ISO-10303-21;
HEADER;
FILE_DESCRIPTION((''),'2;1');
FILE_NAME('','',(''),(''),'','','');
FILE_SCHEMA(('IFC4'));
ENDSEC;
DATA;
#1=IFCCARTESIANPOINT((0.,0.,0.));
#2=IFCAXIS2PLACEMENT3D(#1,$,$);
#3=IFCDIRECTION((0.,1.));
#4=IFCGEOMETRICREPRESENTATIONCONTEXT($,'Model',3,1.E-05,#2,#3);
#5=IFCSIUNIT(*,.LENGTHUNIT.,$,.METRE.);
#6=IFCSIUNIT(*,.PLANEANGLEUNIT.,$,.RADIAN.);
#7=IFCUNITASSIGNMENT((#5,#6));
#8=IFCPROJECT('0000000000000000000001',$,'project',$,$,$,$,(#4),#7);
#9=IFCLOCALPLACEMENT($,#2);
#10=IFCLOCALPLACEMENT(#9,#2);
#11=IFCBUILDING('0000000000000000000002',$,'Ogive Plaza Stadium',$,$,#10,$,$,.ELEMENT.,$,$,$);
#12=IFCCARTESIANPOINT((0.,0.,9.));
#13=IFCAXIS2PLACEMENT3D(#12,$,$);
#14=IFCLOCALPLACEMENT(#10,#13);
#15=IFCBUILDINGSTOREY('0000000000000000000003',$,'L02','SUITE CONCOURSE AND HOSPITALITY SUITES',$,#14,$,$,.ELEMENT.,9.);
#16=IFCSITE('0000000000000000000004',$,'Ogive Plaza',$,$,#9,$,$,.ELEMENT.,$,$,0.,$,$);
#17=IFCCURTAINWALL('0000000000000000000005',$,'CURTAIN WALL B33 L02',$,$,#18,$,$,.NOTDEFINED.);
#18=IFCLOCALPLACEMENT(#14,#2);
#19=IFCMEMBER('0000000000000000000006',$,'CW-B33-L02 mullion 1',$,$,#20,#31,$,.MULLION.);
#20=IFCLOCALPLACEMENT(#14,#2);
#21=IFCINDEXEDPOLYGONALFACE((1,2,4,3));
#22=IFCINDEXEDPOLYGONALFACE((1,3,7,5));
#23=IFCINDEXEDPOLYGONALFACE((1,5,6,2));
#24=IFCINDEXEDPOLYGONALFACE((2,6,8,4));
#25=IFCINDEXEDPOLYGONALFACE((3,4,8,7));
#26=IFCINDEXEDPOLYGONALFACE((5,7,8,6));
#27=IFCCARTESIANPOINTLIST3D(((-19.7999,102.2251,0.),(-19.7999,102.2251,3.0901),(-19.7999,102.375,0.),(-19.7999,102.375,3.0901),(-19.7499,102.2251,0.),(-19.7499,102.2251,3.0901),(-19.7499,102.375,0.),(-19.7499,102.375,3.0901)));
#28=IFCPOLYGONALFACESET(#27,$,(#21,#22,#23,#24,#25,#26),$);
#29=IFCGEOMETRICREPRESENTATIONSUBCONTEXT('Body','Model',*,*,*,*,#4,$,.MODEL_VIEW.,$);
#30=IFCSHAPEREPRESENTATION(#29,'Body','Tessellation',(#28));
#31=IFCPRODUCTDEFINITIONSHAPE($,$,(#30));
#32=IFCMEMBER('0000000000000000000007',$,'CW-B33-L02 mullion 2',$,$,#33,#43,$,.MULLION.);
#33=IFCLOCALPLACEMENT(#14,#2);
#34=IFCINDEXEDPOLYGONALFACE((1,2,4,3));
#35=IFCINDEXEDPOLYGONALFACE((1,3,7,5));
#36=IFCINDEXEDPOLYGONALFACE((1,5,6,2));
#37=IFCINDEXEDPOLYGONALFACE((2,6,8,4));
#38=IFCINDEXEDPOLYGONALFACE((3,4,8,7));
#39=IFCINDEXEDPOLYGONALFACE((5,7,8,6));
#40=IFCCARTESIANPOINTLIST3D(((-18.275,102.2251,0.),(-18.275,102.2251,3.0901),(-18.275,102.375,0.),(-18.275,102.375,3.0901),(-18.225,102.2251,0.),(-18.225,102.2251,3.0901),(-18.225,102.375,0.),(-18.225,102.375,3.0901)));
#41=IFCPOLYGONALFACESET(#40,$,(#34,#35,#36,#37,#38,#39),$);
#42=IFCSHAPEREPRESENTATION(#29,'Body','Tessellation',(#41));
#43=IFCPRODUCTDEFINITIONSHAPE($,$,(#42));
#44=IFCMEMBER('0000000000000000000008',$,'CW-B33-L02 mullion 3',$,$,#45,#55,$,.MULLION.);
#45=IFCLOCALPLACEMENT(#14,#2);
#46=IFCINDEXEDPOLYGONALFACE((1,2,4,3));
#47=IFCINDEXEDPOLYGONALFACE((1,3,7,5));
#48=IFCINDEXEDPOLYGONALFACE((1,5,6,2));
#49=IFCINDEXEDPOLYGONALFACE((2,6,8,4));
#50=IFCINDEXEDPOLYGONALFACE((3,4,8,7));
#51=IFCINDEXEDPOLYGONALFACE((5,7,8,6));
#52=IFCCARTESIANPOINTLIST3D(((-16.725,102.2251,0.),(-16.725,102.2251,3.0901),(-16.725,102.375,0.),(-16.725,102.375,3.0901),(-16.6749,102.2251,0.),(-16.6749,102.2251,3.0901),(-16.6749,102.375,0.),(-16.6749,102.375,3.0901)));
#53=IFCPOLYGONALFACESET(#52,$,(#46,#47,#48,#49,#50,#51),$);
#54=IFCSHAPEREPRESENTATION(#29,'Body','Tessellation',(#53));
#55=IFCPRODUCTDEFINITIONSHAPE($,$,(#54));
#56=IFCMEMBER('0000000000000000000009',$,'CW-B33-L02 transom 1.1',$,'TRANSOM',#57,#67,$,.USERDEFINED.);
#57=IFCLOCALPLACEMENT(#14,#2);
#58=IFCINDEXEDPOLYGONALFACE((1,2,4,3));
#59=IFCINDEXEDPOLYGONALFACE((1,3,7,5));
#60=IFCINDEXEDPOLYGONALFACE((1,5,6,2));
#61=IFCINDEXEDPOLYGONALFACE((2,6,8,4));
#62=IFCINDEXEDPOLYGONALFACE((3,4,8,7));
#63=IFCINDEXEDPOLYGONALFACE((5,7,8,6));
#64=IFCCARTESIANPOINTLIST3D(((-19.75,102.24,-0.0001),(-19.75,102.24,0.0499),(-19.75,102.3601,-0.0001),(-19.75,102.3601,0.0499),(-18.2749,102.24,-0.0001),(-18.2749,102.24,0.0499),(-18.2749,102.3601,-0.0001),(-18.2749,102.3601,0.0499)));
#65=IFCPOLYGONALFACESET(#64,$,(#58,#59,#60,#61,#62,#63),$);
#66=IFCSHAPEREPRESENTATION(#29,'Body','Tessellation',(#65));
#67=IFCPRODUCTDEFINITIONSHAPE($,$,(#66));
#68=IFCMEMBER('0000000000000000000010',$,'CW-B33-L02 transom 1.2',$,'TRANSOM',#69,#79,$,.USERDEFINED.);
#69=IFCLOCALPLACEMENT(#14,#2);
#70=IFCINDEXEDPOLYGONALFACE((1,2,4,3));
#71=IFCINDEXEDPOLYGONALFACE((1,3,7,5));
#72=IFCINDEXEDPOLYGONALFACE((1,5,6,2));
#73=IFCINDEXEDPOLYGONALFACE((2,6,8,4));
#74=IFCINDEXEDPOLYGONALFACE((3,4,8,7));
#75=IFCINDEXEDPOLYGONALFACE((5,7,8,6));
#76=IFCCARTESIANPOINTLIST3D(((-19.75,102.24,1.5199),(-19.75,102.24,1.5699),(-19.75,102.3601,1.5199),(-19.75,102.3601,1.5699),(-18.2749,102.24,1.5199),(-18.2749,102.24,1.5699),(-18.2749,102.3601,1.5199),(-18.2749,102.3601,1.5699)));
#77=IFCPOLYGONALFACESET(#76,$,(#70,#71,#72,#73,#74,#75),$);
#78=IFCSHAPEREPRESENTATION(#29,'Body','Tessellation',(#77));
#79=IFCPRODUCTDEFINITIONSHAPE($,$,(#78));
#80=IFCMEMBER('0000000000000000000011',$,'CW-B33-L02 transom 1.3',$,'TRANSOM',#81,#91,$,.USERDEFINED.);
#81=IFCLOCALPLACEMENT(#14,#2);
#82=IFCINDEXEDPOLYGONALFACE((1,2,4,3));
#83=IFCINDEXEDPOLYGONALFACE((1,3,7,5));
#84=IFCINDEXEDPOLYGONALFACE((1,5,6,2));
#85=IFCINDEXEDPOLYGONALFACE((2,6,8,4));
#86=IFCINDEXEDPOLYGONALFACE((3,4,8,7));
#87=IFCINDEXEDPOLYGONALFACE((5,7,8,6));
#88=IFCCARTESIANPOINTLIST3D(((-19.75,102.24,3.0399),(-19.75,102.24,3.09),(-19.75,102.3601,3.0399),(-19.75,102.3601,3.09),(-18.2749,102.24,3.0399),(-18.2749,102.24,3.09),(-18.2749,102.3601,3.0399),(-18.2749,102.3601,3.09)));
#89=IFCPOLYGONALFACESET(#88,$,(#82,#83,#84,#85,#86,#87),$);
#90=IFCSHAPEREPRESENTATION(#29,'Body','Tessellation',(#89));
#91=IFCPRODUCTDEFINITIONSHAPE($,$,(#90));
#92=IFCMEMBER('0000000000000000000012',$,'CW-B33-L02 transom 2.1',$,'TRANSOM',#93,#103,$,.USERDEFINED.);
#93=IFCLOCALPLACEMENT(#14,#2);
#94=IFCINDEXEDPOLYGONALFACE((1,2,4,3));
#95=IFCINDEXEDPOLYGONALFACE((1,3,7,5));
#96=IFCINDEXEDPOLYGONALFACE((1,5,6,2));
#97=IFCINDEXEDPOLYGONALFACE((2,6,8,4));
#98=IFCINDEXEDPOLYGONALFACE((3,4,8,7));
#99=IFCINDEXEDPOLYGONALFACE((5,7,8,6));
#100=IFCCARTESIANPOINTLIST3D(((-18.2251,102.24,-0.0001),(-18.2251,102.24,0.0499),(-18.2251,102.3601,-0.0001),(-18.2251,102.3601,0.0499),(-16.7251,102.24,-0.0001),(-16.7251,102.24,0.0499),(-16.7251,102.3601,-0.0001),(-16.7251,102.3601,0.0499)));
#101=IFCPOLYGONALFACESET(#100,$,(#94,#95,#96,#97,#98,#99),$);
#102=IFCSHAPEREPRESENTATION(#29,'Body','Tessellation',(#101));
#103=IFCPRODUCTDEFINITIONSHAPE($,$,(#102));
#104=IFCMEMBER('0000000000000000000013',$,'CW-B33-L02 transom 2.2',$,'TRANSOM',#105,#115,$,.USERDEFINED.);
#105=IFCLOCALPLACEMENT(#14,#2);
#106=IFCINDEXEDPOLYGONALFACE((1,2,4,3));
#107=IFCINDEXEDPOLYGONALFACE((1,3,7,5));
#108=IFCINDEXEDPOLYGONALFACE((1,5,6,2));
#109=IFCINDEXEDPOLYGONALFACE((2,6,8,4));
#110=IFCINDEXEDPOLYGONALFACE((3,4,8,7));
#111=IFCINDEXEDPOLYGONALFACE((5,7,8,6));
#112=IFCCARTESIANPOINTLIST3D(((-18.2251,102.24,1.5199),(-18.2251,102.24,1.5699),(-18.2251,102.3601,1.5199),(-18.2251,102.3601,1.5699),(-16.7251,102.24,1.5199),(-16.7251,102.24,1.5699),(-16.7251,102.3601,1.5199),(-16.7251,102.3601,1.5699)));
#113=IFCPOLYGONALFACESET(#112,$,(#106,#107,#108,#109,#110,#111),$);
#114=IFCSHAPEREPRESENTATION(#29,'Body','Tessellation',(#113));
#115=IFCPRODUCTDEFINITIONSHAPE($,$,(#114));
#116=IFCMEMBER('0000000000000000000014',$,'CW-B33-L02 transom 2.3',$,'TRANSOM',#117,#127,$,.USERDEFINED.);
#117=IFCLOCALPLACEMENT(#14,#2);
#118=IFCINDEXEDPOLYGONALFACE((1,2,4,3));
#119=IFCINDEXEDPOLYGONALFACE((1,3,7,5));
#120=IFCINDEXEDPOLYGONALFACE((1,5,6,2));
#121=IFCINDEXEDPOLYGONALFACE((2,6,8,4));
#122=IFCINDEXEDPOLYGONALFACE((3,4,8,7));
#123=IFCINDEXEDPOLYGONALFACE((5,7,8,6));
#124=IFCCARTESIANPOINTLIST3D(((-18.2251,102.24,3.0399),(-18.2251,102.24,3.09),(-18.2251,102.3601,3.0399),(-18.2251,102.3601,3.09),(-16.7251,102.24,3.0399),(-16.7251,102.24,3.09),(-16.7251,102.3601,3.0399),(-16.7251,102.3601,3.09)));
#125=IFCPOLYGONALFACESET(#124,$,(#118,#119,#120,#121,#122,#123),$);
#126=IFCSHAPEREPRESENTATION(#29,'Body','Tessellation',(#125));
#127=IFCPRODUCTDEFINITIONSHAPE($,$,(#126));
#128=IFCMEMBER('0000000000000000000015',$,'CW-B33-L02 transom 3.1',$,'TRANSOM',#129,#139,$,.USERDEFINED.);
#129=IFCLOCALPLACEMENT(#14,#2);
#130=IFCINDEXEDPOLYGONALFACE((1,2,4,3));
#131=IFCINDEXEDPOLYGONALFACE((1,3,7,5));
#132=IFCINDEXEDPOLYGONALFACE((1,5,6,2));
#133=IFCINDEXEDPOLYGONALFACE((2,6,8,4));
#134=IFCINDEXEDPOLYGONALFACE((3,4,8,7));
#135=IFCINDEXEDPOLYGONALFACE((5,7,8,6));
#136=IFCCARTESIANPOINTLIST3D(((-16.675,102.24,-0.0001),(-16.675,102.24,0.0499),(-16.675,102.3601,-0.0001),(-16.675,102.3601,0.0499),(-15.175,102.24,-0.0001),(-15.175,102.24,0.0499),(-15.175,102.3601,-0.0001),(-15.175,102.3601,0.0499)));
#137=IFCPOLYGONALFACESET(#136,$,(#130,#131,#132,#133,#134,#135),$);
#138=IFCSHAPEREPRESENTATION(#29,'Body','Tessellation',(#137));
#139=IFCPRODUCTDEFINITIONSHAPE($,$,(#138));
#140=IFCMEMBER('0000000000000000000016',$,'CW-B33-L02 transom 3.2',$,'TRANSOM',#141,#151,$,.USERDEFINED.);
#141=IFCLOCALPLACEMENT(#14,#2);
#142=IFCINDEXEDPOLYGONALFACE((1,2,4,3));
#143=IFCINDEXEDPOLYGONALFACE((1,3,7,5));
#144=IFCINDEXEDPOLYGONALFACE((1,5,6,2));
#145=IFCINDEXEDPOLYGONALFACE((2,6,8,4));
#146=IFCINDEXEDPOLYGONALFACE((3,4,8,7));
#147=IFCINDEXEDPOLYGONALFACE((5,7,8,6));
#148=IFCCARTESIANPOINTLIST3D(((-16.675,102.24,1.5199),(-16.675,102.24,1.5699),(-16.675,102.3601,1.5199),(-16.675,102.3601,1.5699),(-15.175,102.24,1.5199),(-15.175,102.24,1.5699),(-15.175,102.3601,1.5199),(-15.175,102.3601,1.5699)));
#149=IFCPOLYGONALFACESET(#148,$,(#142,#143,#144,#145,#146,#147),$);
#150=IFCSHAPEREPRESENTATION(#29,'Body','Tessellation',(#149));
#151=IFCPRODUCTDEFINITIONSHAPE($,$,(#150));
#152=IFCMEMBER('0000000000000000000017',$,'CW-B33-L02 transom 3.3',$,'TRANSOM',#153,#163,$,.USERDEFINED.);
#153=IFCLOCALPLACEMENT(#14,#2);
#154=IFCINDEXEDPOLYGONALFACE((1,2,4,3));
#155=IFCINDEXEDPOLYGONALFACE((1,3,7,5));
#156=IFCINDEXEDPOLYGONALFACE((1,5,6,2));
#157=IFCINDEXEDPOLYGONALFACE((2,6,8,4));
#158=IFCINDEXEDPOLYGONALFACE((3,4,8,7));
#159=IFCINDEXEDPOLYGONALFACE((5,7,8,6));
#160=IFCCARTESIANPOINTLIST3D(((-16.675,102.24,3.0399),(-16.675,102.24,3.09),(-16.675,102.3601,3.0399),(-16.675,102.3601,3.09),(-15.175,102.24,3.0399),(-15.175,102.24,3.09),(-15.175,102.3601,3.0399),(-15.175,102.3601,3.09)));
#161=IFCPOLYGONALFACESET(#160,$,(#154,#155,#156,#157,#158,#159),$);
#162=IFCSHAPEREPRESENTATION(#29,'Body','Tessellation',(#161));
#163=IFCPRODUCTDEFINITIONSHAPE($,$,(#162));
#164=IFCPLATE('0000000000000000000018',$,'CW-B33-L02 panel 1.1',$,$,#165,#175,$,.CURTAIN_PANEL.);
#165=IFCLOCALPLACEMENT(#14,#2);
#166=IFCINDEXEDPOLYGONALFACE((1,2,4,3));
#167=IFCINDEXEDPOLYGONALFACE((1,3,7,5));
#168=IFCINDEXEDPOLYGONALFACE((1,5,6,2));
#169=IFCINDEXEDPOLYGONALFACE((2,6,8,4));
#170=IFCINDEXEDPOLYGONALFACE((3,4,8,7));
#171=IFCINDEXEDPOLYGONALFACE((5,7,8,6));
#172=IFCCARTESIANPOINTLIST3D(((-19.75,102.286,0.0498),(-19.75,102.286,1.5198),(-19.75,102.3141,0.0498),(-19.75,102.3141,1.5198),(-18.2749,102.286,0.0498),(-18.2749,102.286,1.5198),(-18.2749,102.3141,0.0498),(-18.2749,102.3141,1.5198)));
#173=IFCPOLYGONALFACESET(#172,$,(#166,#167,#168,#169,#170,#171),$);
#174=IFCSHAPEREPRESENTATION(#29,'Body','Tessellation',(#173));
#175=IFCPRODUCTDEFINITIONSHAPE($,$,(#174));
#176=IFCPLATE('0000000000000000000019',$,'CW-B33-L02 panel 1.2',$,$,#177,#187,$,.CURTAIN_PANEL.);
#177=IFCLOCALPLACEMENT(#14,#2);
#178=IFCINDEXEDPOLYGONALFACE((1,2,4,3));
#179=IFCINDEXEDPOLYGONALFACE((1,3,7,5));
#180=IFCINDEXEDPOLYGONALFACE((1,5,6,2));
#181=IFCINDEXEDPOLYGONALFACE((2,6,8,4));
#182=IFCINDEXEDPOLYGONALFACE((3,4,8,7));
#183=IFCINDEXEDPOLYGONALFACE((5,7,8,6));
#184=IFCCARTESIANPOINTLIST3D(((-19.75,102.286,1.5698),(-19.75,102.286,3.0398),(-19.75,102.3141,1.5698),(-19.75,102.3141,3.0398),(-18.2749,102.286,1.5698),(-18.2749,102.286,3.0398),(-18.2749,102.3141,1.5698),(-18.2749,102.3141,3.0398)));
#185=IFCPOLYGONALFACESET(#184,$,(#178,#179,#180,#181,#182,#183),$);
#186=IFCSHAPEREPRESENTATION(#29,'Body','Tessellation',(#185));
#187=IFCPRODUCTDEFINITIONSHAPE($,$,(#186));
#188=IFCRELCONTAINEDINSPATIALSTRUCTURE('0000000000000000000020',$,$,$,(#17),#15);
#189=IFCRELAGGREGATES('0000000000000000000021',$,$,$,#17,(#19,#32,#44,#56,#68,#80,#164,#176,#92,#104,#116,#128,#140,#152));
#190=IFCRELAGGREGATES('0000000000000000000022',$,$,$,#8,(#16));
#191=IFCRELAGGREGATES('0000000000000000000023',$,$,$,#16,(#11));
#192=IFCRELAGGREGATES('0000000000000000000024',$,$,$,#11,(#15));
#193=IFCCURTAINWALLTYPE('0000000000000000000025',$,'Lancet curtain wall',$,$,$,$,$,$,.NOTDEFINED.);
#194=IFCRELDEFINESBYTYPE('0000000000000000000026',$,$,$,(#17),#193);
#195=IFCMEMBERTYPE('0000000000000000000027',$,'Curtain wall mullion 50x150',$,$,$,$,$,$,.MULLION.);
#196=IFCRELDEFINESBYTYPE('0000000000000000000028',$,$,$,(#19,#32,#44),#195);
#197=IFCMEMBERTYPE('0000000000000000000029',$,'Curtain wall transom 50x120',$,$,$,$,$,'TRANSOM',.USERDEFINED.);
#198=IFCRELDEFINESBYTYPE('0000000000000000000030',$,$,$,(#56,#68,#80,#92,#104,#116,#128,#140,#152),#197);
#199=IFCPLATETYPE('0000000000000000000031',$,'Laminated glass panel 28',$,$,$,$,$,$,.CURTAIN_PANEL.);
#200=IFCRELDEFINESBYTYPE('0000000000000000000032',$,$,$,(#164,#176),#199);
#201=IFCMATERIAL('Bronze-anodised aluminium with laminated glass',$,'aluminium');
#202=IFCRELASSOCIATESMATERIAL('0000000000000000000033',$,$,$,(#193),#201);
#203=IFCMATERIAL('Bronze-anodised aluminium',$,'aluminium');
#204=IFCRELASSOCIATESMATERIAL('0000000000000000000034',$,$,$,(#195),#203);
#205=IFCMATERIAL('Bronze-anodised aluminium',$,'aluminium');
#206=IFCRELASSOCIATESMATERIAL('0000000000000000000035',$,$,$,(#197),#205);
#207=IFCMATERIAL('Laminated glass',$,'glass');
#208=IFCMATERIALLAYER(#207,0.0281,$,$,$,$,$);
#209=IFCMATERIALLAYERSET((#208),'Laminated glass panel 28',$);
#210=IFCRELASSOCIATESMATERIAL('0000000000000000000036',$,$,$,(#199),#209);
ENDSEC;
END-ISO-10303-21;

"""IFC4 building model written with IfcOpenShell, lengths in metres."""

from ifc_helpers import new_model, si_unit, direction, frame, origin, origin_2d, place, context, subcontext, project, spatial, rectangle, extrude, material, layer, layer_set, material_profile, profile_set, type_object, element, aggregate, save


model = new_model("IFC4")

# Units and contexts
model_context = context("Model", 3, precision=1e-05, world=origin(), true_north=direction((0.0, 1.0)))
body_context = subcontext(model_context, "Body", "Model", "MODEL_VIEW")
ifc_project = project(units=[si_unit("LENGTHUNIT", "METRE"), si_unit("PLANEANGLEUNIT", "RADIAN")], contexts=[model_context])

# Site, building, storey
site_placement = place(None, origin())
site = spatial("IfcSite", under=ifc_project, at=site_placement, Name="Ogive Plaza", CompositionType="ELEMENT", RefElevation=0.0)
building_placement = place(site_placement, origin())
building = spatial("IfcBuilding", under=site, at=building_placement, Name="Ogive Plaza Stadium", CompositionType="ELEMENT")
storey_placement = place(building_placement, frame((0.0, 0.0, 9.0)))
storey = spatial("IfcBuildingStorey", under=building, at=storey_placement, Name="L02", Description="SUITE CONCOURSE AND HOSPITALITY SUITES", CompositionType="ELEMENT", Elevation=9.0)

# Curtain wall, members, plates
ifc_material_1 = material(Name="Bronze-anodised aluminium with laminated glass", Category="aluminium")
curtain_wall_type = type_object("IfcCurtainWallType", Name="Lancet curtain wall", PredefinedType="NOTDEFINED", material=ifc_material_1)
curtain_wall_placement = place(storey_placement, origin())
curtain_wall = element("IfcCurtainWall", 1, at=curtain_wall_placement, inside=storey, type_object=curtain_wall_type, Name="CURTAIN WALL B33 L02", PredefinedType="NOTDEFINED")
ifc_material_2 = material(Name="Bronze-anodised aluminium", Category="aluminium")
ifc_material_profile_1 = material_profile(ifc_material_2, rectangle(XDim=0.1499, YDim=0.05, at=origin_2d()), Name="AL 150x50")
ifc_profile_set_1 = profile_set([ifc_material_profile_1], Name="Bronze-anodised aluminium")
member_type_1 = type_object("IfcMemberType", Name="Curtain wall mullion 50x150", PredefinedType="MULLION", material=ifc_profile_set_1)
member_1_placement = place(storey_placement, frame((-19.7749, 102.3, 0.0), z_axis=(0.0, 0.0, 1.0), x_axis=(0.0, 1.0, 0.0)))
member_1 = element("IfcMember", 2, at=member_1_placement, type_object=member_type_1, Name="CW-B33-L02 mullion 1", PredefinedType="MULLION", context=body_context, shape_type="SweptSolid", body=[
    extrude(rectangle(XDim=0.1499, YDim=0.05, at=origin_2d()), origin(), (0.0, 0.0, 1.0), 3.0901),
])
member_2_placement = place(storey_placement, frame((-18.25, 102.3, 0.0), z_axis=(0.0, 0.0, 1.0), x_axis=(0.0, 1.0, 0.0)))
member_2 = element("IfcMember", 3, at=member_2_placement, type_object=member_type_1, Name="CW-B33-L02 mullion 2", PredefinedType="MULLION", context=body_context, shape_type="SweptSolid", body=[
    extrude(rectangle(XDim=0.1499, YDim=0.05, at=origin_2d()), origin(), (0.0, 0.0, 1.0), 3.0901),
])
member_3_placement = place(storey_placement, frame((-16.7, 102.3, 0.0), z_axis=(0.0, 0.0, 1.0), x_axis=(0.0, 1.0, 0.0)))
member_3 = element("IfcMember", 4, at=member_3_placement, type_object=member_type_1, Name="CW-B33-L02 mullion 3", PredefinedType="MULLION", context=body_context, shape_type="SweptSolid", body=[
    extrude(rectangle(XDim=0.1499, YDim=0.05, at=origin_2d()), origin(), (0.0, 0.0, 1.0), 3.0901),
])
ifc_material_3 = material(Name="Bronze-anodised aluminium", Category="aluminium")
ifc_material_profile_2 = material_profile(ifc_material_3, rectangle(XDim=0.1201, YDim=0.05, at=origin_2d()), Name="AL 120x50")
ifc_profile_set_2 = profile_set([ifc_material_profile_2], Name="Bronze-anodised aluminium")
member_type_2 = type_object("IfcMemberType", Name="Curtain wall transom 50x120", ElementType="TRANSOM", PredefinedType="USERDEFINED", material=ifc_profile_set_2)
member_4_placement = place(storey_placement, frame((-19.75, 102.3, 0.0249), z_axis=(1.0, 0.0, 0.0), x_axis=(0.0, 1.0, 0.0)))
member_4 = element("IfcMember", 5, at=member_4_placement, type_object=member_type_2, Name="CW-B33-L02 transom 1.1", ObjectType="TRANSOM", PredefinedType="USERDEFINED", context=body_context, shape_type="SweptSolid", body=[
    extrude(rectangle(XDim=0.1201, YDim=0.05, at=origin_2d()), origin(), (0.0, 0.0, 1.0), 1.4751),
])
member_5_placement = place(storey_placement, frame((-19.75, 102.3, 1.5449), z_axis=(1.0, 0.0, 0.0), x_axis=(0.0, 1.0, 0.0)))
member_5 = element("IfcMember", 6, at=member_5_placement, type_object=member_type_2, Name="CW-B33-L02 transom 1.2", ObjectType="TRANSOM", PredefinedType="USERDEFINED", context=body_context, shape_type="SweptSolid", body=[
    extrude(rectangle(XDim=0.1201, YDim=0.05, at=origin_2d()), origin(), (0.0, 0.0, 1.0), 1.4751),
])
member_6_placement = place(storey_placement, frame((-19.75, 102.3, 3.0649), z_axis=(1.0, 0.0, 0.0), x_axis=(0.0, 1.0, 0.0)))
member_6 = element("IfcMember", 7, at=member_6_placement, type_object=member_type_2, Name="CW-B33-L02 transom 1.3", ObjectType="TRANSOM", PredefinedType="USERDEFINED", context=body_context, shape_type="SweptSolid", body=[
    extrude(rectangle(XDim=0.1201, YDim=0.05, at=origin_2d()), origin(), (0.0, 0.0, 1.0), 1.4751),
])
member_7_placement = place(storey_placement, frame((-18.2251, 102.3, 0.0249), z_axis=(1.0, 0.0, 0.0), x_axis=(0.0, 1.0, 0.0)))
member_7 = element("IfcMember", 8, at=member_7_placement, type_object=member_type_2, Name="CW-B33-L02 transom 2.1", ObjectType="TRANSOM", PredefinedType="USERDEFINED", context=body_context, shape_type="SweptSolid", body=[
    extrude(rectangle(XDim=0.1201, YDim=0.05, at=origin_2d()), origin(), (0.0, 0.0, 1.0), 1.5),
])
member_8_placement = place(storey_placement, frame((-18.2251, 102.3, 1.5449), z_axis=(1.0, 0.0, 0.0), x_axis=(0.0, 1.0, 0.0)))
member_8 = element("IfcMember", 9, at=member_8_placement, type_object=member_type_2, Name="CW-B33-L02 transom 2.2", ObjectType="TRANSOM", PredefinedType="USERDEFINED", context=body_context, shape_type="SweptSolid", body=[
    extrude(rectangle(XDim=0.1201, YDim=0.05, at=origin_2d()), origin(), (0.0, 0.0, 1.0), 1.5),
])
member_9_placement = place(storey_placement, frame((-18.2251, 102.3, 3.0649), z_axis=(1.0, 0.0, 0.0), x_axis=(0.0, 1.0, 0.0)))
member_9 = element("IfcMember", 10, at=member_9_placement, type_object=member_type_2, Name="CW-B33-L02 transom 2.3", ObjectType="TRANSOM", PredefinedType="USERDEFINED", context=body_context, shape_type="SweptSolid", body=[
    extrude(rectangle(XDim=0.1201, YDim=0.05, at=origin_2d()), origin(), (0.0, 0.0, 1.0), 1.5),
])
member_10_placement = place(storey_placement, frame((-16.675, 102.3, 0.0249), z_axis=(1.0, 0.0, 0.0), x_axis=(0.0, 1.0, 0.0)))
member_10 = element("IfcMember", 11, at=member_10_placement, type_object=member_type_2, Name="CW-B33-L02 transom 3.1", ObjectType="TRANSOM", PredefinedType="USERDEFINED", context=body_context, shape_type="SweptSolid", body=[
    extrude(rectangle(XDim=0.1201, YDim=0.05, at=origin_2d()), origin(), (0.0, 0.0, 1.0), 1.5),
])
member_11_placement = place(storey_placement, frame((-16.675, 102.3, 1.5449), z_axis=(1.0, 0.0, 0.0), x_axis=(0.0, 1.0, 0.0)))
member_11 = element("IfcMember", 12, at=member_11_placement, type_object=member_type_2, Name="CW-B33-L02 transom 3.2", ObjectType="TRANSOM", PredefinedType="USERDEFINED", context=body_context, shape_type="SweptSolid", body=[
    extrude(rectangle(XDim=0.1201, YDim=0.05, at=origin_2d()), origin(), (0.0, 0.0, 1.0), 1.5),
])
member_12_placement = place(storey_placement, frame((-16.675, 102.3, 3.0649), z_axis=(1.0, 0.0, 0.0), x_axis=(0.0, 1.0, 0.0)))
member_12 = element("IfcMember", 13, at=member_12_placement, type_object=member_type_2, Name="CW-B33-L02 transom 3.3", ObjectType="TRANSOM", PredefinedType="USERDEFINED", context=body_context, shape_type="SweptSolid", body=[
    extrude(rectangle(XDim=0.1201, YDim=0.05, at=origin_2d()), origin(), (0.0, 0.0, 1.0), 1.5),
])
ifc_material_4 = material(Name="Laminated glass", Category="glass")
ifc_layer_1 = layer(ifc_material_4, 0.0281)
ifc_layer_set_1 = layer_set([ifc_layer_1], Name="Laminated glass panel 28")
plate_type = type_object("IfcPlateType", Name="Laminated glass panel 28", PredefinedType="CURTAIN_PANEL", material=ifc_layer_set_1)
plate_1_placement = place(storey_placement, frame((-19.0125, 102.3, 0.0498), z_axis=(0.0, 0.0, 1.0), x_axis=(1.0, 0.0, 0.0)))
plate_1 = element("IfcPlate", 14, at=plate_1_placement, type_object=plate_type, Name="CW-B33-L02 panel 1.1", PredefinedType="CURTAIN_PANEL", context=body_context, shape_type="SweptSolid", body=[
    extrude(rectangle(XDim=1.4751, YDim=0.0281, at=origin_2d()), origin(), (0.0, 0.0, 1.0), 1.47),
])
plate_2_placement = place(storey_placement, frame((-19.0125, 102.3, 1.5698), z_axis=(0.0, 0.0, 1.0), x_axis=(1.0, 0.0, 0.0)))
plate_2 = element("IfcPlate", 15, at=plate_2_placement, type_object=plate_type, Name="CW-B33-L02 panel 1.2", PredefinedType="CURTAIN_PANEL", context=body_context, shape_type="SweptSolid", body=[
    extrude(rectangle(XDim=1.4751, YDim=0.0281, at=origin_2d()), origin(), (0.0, 0.0, 1.0), 1.47),
])
aggregate(curtain_wall, [member_1, member_2, member_3, member_4, member_5, member_6, plate_1, plate_2, member_7, member_8, member_9, member_10, member_11, member_12])

save(model, "model.ifc")
